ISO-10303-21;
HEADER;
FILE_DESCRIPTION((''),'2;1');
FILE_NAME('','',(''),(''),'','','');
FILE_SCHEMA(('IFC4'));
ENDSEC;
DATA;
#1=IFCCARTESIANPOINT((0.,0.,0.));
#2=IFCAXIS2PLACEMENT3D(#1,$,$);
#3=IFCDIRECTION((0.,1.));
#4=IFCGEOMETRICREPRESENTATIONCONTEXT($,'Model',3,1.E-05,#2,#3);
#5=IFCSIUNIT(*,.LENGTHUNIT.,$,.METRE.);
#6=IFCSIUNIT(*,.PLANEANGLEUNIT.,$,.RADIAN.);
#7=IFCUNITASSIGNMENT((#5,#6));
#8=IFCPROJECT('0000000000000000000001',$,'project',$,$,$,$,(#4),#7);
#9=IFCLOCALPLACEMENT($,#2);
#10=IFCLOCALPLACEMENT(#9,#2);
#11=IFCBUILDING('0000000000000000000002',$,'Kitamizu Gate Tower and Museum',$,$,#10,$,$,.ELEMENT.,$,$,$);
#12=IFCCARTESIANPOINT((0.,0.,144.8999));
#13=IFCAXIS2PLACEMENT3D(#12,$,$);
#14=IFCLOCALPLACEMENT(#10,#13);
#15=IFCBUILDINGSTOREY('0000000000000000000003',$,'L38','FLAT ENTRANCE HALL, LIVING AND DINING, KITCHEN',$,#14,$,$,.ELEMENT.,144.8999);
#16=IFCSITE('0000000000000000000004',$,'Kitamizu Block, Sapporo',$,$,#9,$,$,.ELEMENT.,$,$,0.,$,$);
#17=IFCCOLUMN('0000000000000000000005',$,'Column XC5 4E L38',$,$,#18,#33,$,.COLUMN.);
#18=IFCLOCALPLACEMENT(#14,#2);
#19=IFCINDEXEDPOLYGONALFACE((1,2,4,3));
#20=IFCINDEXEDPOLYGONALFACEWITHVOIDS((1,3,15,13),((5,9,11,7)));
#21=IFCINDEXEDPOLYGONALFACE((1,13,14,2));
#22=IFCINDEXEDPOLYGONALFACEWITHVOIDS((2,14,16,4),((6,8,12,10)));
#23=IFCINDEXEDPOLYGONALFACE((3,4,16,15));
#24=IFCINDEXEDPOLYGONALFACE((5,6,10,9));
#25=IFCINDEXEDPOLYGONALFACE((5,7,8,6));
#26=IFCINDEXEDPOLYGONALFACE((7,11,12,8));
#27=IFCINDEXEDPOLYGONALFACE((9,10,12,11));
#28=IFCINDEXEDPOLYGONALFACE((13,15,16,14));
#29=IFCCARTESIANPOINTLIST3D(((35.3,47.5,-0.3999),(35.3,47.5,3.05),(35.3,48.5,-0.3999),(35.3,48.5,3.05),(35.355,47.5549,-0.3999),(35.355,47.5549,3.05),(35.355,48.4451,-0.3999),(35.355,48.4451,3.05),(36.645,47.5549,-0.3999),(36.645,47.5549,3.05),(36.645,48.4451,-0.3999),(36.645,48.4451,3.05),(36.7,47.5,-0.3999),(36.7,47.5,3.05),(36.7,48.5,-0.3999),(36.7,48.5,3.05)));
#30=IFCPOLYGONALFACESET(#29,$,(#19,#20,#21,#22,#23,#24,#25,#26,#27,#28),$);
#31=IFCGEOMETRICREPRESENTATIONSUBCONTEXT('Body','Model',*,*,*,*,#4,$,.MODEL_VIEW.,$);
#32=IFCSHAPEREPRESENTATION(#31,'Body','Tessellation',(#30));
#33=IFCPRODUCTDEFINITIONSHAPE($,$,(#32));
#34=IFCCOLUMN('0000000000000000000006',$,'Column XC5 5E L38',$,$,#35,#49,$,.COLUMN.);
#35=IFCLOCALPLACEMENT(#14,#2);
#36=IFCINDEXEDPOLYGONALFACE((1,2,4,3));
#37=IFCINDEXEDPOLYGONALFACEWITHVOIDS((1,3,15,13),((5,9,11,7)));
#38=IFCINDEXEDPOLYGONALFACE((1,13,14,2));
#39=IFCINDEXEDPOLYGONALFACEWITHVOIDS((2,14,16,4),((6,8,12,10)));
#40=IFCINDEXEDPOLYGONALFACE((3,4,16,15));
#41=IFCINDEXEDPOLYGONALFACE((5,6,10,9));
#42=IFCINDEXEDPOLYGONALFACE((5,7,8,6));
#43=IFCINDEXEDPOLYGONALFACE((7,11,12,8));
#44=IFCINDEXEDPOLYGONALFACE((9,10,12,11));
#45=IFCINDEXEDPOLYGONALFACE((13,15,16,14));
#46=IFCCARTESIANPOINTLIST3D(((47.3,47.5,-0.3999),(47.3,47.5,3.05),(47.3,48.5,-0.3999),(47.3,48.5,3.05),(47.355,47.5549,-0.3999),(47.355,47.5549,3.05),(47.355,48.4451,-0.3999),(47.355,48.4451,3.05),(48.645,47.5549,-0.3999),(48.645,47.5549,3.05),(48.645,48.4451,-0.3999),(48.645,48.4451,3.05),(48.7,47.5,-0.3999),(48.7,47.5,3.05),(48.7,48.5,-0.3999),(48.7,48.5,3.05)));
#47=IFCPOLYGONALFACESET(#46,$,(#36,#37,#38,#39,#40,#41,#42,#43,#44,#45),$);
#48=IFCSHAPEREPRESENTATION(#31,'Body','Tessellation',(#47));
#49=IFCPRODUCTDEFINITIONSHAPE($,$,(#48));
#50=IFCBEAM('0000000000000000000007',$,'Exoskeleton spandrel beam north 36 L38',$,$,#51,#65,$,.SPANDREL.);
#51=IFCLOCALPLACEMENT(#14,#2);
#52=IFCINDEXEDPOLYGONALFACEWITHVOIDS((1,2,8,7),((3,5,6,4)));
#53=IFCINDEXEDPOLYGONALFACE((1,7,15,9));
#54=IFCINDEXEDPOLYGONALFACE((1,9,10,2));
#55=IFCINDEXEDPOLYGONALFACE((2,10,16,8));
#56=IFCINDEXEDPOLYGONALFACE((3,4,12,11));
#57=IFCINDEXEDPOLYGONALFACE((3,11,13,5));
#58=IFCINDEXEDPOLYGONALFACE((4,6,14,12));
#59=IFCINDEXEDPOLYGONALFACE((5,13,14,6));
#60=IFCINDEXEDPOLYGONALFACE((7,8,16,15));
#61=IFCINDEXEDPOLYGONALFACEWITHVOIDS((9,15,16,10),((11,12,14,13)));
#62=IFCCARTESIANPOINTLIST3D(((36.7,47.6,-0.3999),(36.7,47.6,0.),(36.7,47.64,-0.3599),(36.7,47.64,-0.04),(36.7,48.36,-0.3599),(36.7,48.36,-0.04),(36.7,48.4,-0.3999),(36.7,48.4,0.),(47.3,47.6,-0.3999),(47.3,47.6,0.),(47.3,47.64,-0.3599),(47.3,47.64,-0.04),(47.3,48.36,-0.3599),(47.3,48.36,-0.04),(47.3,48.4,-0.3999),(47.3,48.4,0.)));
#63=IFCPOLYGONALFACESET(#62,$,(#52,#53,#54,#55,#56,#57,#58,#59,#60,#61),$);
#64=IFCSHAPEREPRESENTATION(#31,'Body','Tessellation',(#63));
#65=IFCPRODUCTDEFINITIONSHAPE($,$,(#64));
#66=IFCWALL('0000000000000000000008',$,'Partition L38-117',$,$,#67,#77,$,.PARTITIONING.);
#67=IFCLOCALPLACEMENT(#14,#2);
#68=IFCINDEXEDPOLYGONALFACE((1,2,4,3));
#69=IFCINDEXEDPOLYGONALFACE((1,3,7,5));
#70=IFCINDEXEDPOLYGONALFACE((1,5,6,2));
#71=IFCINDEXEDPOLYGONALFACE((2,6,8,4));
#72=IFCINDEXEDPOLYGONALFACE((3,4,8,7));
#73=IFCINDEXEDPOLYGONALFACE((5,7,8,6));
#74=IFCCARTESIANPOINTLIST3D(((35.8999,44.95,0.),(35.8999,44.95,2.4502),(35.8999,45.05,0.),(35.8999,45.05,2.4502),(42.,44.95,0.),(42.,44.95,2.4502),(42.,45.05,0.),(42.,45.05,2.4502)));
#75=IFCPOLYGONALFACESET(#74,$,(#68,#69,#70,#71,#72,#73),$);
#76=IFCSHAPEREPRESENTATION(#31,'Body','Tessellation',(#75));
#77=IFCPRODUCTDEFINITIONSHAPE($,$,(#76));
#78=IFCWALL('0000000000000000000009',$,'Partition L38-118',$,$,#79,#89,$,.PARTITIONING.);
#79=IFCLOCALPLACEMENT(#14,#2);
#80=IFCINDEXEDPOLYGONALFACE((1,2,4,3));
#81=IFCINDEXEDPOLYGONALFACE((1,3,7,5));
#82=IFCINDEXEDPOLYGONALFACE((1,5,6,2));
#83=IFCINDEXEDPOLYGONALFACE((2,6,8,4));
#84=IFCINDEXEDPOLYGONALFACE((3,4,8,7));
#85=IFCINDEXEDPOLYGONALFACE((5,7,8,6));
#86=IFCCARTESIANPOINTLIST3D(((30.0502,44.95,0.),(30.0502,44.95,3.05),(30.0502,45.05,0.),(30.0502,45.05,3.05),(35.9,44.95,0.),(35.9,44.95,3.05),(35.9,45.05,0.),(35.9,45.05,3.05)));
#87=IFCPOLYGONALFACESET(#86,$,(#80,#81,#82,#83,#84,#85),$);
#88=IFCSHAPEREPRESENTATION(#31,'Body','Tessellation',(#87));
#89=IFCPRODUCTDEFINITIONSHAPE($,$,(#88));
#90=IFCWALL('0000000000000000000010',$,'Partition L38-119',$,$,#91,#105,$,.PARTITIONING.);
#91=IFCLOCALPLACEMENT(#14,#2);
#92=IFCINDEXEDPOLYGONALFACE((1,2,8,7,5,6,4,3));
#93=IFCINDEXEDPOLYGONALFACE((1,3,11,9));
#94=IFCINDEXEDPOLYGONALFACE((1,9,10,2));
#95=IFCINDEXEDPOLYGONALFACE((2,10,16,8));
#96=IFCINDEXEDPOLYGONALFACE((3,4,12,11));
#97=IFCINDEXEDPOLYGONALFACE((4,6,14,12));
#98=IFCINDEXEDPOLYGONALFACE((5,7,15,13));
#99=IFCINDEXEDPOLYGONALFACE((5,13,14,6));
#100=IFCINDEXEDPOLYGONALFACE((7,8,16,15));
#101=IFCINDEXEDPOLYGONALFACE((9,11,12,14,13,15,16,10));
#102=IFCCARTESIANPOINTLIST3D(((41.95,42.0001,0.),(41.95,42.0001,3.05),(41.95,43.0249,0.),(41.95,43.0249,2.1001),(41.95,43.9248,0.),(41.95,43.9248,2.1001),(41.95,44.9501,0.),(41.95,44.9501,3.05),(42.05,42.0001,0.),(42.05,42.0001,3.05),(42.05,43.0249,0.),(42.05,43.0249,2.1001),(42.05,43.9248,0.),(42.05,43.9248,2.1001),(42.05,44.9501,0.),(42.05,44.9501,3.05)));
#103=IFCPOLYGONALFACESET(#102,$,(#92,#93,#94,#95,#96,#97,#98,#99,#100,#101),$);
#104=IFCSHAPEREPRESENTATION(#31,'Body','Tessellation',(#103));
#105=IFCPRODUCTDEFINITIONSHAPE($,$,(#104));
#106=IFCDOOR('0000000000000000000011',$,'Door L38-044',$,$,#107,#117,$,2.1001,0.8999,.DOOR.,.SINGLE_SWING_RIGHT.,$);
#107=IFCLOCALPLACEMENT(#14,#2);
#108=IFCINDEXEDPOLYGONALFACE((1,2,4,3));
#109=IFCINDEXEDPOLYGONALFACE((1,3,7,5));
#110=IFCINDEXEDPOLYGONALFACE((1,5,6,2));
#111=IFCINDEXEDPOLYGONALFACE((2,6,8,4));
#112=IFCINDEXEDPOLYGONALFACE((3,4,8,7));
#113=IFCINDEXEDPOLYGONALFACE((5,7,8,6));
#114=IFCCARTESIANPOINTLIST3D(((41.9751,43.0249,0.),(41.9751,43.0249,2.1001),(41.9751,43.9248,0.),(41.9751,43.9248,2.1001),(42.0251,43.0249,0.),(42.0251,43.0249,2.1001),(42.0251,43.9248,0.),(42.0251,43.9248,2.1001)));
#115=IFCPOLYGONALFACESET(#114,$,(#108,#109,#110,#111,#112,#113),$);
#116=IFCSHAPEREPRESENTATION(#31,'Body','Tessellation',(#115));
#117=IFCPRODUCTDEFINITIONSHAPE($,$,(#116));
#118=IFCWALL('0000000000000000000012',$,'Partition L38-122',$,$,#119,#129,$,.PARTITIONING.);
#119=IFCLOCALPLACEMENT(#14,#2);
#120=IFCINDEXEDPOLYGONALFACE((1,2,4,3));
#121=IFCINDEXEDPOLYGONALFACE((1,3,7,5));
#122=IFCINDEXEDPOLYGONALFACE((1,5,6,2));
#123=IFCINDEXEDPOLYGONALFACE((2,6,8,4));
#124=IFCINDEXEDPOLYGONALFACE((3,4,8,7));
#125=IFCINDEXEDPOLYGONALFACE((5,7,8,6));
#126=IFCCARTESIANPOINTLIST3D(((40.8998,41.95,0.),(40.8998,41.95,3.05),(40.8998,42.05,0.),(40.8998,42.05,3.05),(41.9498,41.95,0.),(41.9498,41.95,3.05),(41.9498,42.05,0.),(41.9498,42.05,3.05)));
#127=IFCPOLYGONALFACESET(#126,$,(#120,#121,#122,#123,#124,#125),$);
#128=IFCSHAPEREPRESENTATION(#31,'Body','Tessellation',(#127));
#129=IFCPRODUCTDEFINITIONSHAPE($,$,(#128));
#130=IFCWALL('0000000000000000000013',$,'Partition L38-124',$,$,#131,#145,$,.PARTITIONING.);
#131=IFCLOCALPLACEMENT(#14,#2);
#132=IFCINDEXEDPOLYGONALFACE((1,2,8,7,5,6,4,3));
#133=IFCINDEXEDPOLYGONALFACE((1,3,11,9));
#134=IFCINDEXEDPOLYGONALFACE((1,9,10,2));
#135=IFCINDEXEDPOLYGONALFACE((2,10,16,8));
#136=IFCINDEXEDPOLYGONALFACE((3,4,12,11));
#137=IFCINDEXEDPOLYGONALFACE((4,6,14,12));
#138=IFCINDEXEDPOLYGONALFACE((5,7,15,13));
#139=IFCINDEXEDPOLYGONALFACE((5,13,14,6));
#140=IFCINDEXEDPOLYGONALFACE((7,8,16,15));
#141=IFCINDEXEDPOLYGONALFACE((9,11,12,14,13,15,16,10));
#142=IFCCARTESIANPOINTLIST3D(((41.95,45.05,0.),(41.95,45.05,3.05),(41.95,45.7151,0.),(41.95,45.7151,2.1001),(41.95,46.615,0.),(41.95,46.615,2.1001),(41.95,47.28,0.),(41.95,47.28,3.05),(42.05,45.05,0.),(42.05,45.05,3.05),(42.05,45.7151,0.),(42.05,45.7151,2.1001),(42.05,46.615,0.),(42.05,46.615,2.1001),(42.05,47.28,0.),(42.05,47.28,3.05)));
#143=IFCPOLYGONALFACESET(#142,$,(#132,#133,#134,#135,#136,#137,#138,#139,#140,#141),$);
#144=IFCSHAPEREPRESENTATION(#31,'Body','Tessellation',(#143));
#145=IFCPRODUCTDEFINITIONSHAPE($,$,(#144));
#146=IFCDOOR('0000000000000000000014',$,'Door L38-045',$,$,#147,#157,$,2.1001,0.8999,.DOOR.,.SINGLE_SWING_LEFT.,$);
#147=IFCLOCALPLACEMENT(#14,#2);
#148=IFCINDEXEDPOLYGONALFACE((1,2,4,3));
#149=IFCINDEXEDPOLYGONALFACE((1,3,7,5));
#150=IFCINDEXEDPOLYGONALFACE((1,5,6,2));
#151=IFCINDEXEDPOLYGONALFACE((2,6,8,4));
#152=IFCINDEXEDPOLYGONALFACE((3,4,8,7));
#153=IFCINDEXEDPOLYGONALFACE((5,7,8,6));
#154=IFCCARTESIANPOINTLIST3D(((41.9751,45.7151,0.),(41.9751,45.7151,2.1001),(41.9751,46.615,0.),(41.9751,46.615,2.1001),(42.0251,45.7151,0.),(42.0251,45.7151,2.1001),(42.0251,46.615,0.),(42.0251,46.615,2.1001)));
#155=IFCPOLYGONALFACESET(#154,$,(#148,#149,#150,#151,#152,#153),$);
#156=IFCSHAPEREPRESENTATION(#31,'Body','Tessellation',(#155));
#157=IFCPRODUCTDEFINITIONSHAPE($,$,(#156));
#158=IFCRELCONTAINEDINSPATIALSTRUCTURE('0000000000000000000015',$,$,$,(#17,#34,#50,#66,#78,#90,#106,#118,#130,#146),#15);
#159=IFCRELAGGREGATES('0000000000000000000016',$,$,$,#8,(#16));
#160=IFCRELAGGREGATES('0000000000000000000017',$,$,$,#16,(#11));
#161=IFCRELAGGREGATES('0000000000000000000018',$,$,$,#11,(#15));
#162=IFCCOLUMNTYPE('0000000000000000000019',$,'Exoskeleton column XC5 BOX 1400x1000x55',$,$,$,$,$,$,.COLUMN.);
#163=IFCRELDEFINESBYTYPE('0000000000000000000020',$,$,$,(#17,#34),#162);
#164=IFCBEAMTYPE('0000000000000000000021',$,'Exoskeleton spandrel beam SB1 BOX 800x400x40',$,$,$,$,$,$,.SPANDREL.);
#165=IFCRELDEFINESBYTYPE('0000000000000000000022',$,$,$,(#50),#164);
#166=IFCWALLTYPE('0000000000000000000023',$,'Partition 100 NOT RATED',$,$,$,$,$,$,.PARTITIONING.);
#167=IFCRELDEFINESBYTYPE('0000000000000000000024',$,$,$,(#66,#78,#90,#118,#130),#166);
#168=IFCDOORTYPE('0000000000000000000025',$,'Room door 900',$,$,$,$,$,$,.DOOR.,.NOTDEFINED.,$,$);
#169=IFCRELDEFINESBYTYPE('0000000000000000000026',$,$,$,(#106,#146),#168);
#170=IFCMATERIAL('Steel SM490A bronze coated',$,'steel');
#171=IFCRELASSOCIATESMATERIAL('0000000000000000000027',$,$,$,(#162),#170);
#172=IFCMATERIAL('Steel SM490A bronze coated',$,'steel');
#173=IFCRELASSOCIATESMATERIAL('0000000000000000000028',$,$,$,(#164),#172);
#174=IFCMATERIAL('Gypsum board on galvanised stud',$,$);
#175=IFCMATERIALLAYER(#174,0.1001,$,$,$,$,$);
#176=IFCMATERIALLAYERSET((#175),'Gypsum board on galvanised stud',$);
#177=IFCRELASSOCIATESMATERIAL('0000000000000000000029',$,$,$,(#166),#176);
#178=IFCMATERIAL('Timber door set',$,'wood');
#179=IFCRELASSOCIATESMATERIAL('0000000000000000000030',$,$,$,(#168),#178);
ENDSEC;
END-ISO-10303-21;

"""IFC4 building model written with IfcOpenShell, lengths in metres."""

from ifc_helpers import new_model, si_unit, direction, frame, frame_2d, origin, origin_2d, place, context, subcontext, project, spatial, rectangle, hollow_rectangle, extrude, material, layer, layer_set, material_profile, profile_set, type_object, element, fill, save


model = new_model("IFC4")

# Units and contexts
model_context = context("Model", 3, precision=1e-05, world=origin(), true_north=direction((0.0, 1.0)))
body_context = subcontext(model_context, "Body", "Model", "MODEL_VIEW")
ifc_project = project(units=[si_unit("LENGTHUNIT", "METRE"), si_unit("PLANEANGLEUNIT", "RADIAN")], contexts=[model_context])

# Site, building, storey
site_placement = place(None, origin())
site = spatial("IfcSite", under=ifc_project, at=site_placement, Name="Kitamizu Block, Sapporo", CompositionType="ELEMENT", RefElevation=0.0)
building_placement = place(site_placement, origin())
building = spatial("IfcBuilding", under=site, at=building_placement, Name="Kitamizu Gate Tower and Museum", CompositionType="ELEMENT")
storey_placement = place(building_placement, frame((0.0, 0.0, 144.8999)))
storey = spatial("IfcBuildingStorey", under=building, at=storey_placement, Name="L38", Description="FLAT ENTRANCE HALL, LIVING AND DINING, KITCHEN", CompositionType="ELEMENT", Elevation=144.8999)

# Columns
ifc_material_1 = material(Name="Steel SM490A bronze coated", Category="steel")
ifc_material_profile_1 = material_profile(ifc_material_1, hollow_rectangle(XDim=1.3999, YDim=1.0, WallThickness=0.0549, at=origin_2d()), Name="BOX 1400x1000x55")
ifc_profile_set_1 = profile_set([ifc_material_profile_1], Name="Steel SM490A bronze coated")
column_type = type_object("IfcColumnType", Name="Exoskeleton column XC5 BOX 1400x1000x55", PredefinedType="COLUMN", material=ifc_profile_set_1)
for number, where, z_axis, x_axis, name in (
    (1, (36.0, 48.0, -0.3999), (0.0, 0.0, 1.0), (1.0, 0.0, 0.0), "Column XC5 4E L38"),
    (2, (48.0, 48.0, -0.3999), (0.0, 0.0, 1.0), (1.0, 0.0, 0.0), "Column XC5 5E L38"),
):
    element("IfcColumn", number, at=place(storey_placement, frame(where, z_axis=z_axis, x_axis=x_axis)), inside=storey, type_object=column_type, Name=name, PredefinedType="COLUMN", context=body_context, shape_type="SweptSolid", body=[
        extrude(hollow_rectangle(XDim=1.3999, YDim=1.0, WallThickness=0.0549, at=origin_2d()), origin(), (0.0, 0.0, 1.0), 3.45),
    ])

# Beam
ifc_material_2 = material(Name="Steel SM490A bronze coated", Category="steel")
ifc_material_profile_2 = material_profile(ifc_material_2, hollow_rectangle(XDim=0.8, YDim=0.3999, WallThickness=0.04, at=origin_2d()), Name="BOX 800x400x40")
ifc_profile_set_2 = profile_set([ifc_material_profile_2], Name="Steel SM490A bronze coated")
beam_type = type_object("IfcBeamType", Name="Exoskeleton spandrel beam SB1 BOX 800x400x40", PredefinedType="SPANDREL", material=ifc_profile_set_2)
beam_placement = place(storey_placement, frame((36.7, 48.0, -0.2), z_axis=(1.0, 0.0, 0.0), x_axis=(0.0, 1.0, 0.0)))
element("IfcBeam", 3, at=beam_placement, inside=storey, type_object=beam_type, Name="Exoskeleton spandrel beam north 36 L38", PredefinedType="SPANDREL", context=body_context, shape_type="SweptSolid", body=[
    extrude(hollow_rectangle(XDim=0.8, YDim=0.3999, WallThickness=0.04, at=origin_2d()), origin(), (0.0, 0.0, 1.0), 10.6001),
])

# Walls
ifc_material_3 = material(Name="Gypsum board on galvanised stud")
ifc_layer_1 = layer(ifc_material_3, 0.1001)
ifc_layer_set_1 = layer_set([ifc_layer_1], Name="Gypsum board on galvanised stud")
wall_type_1 = type_object("IfcWallType", Name="Partition 100 NOT RATED", PredefinedType="PARTITIONING", material=ifc_layer_set_1)
wall_1_placement = place(storey_placement, frame((42.0, 45.0, 0.0), z_axis=(0.0, 0.0, 1.0), x_axis=(-1.0, 0.0, 0.0)))
element("IfcWall", 4, at=wall_1_placement, inside=storey, type_object=wall_type_1, Name="Partition L38-117", PredefinedType="PARTITIONING", context=body_context, shape_type="SweptSolid", body=[
    extrude(rectangle(XDim=6.1001, YDim=0.1001, at=frame_2d((3.05, 0.0))), origin(), (0.0, 0.0, 1.0), 2.4502),
])
wall_2_placement = place(storey_placement, frame((35.8999, 45.0, 0.0), z_axis=(0.0, 0.0, 1.0), x_axis=(-1.0, 0.0, 0.0)))
element("IfcWall", 5, at=wall_2_placement, inside=storey, type_object=wall_type_1, Name="Partition L38-118", PredefinedType="PARTITIONING", context=body_context, shape_type="SweptSolid", body=[
    extrude(rectangle(XDim=5.8499, YDim=0.1001, at=frame_2d((2.9248, 0.0))), origin(), (0.0, 0.0, 1.0), 3.05),
])

# Wall, opening, door
wall_3_placement = place(storey_placement, frame((42.0, 42.0, 0.0), z_axis=(0.0, 0.0, 1.0), x_axis=(0.0, 1.0, 0.0)))
wall_3 = element("IfcWall", 6, at=wall_3_placement, inside=storey, type_object=wall_type_1, Name="Partition L38-119", PredefinedType="PARTITIONING", context=body_context, shape_type="SweptSolid", body=[
    extrude(rectangle(XDim=2.95, YDim=0.1001, at=frame_2d((1.4751, 0.0))), origin(), (0.0, 0.0, 1.0), 3.05),
])
opening_1_placement = place(wall_3_placement, frame((1.0249, 0.0, 0.0)))
opening_1 = element("IfcOpeningElement", 7, at=opening_1_placement, cuts=wall_3, PredefinedType="OPENING", context=body_context, shape_type="SweptSolid", body=[
    extrude(rectangle(XDim=0.8999, YDim=2.1001, at=frame_2d((0.45, 1.05))), frame((0.0, 0.0601, 0.0), z_axis=(0.0, -1.0, 0.0), x_axis=(1.0, 0.0, 0.0)), (0.0, 0.0, 1.0), 0.1201),
])
ifc_material_4 = material(Name="Timber door set", Category="wood")
door_type_1 = type_object("IfcDoorType", Name="Room door 900", OperationType="NOTDEFINED", PredefinedType="DOOR", material=ifc_material_4)
door_1_placement = place(opening_1_placement, origin())
door_1 = element("IfcDoor", 8, at=door_1_placement, inside=storey, type_object=door_type_1, Name="Door L38-044", OperationType="SINGLE_SWING_RIGHT", OverallHeight=2.1001, OverallWidth=0.8999, PredefinedType="DOOR", context=body_context, shape_type="SweptSolid", body=[
    extrude(rectangle(XDim=0.8999, YDim=2.1001, at=frame_2d((0.45, 1.05))), frame((0.0, 0.0249, 0.0), z_axis=(0.0, -1.0, 0.0), x_axis=(1.0, 0.0, 0.0)), (0.0, 0.0, 1.0), 0.05),
])
fill(opening_1, door_1)

# Wall
wall_4_placement = place(storey_placement, frame((40.8999, 42.0, 0.0), z_axis=(0.0, 0.0, 1.0), x_axis=(1.0, 0.0, 0.0)))
element("IfcWall", 9, at=wall_4_placement, inside=storey, type_object=wall_type_1, Name="Partition L38-122", PredefinedType="PARTITIONING", context=body_context, shape_type="SweptSolid", body=[
    extrude(rectangle(XDim=1.05, YDim=0.1001, at=frame_2d((0.5249, 0.0))), origin(), (0.0, 0.0, 1.0), 3.05),
])

# Wall, opening, door
wall_5_placement = place(storey_placement, frame((42.0, 45.05, 0.0), z_axis=(0.0, 0.0, 1.0), x_axis=(0.0, 1.0, 0.0)))
wall_5 = element("IfcWall", 10, at=wall_5_placement, inside=storey, type_object=wall_type_1, Name="Partition L38-124", PredefinedType="PARTITIONING", context=body_context, shape_type="SweptSolid", body=[
    extrude(rectangle(XDim=2.23, YDim=0.1001, at=frame_2d((1.115, 0.0))), origin(), (0.0, 0.0, 1.0), 3.05),
])
opening_2_placement = place(wall_5_placement, frame((0.665, 0.0, 0.0)))
opening_2 = element("IfcOpeningElement", 11, at=opening_2_placement, cuts=wall_5, PredefinedType="OPENING", context=body_context, shape_type="SweptSolid", body=[
    extrude(rectangle(XDim=0.8999, YDim=2.1001, at=frame_2d((0.45, 1.05))), frame((0.0, 0.0601, 0.0), z_axis=(0.0, -1.0, 0.0), x_axis=(1.0, 0.0, 0.0)), (0.0, 0.0, 1.0), 0.1201),
])
door_2_placement = place(opening_2_placement, origin())
door_2 = element("IfcDoor", 12, at=door_2_placement, inside=storey, type_object=door_type_1, Name="Door L38-045", OperationType="SINGLE_SWING_LEFT", OverallHeight=2.1001, OverallWidth=0.8999, PredefinedType="DOOR", context=body_context, shape_type="SweptSolid", body=[
    extrude(rectangle(XDim=0.8999, YDim=2.1001, at=frame_2d((0.45, 1.05))), frame((0.0, 0.0249, 0.0), z_axis=(0.0, -1.0, 0.0), x_axis=(1.0, 0.0, 0.0)), (0.0, 0.0, 1.0), 0.05),
])
fill(opening_2, door_2)

save(model, "model.ifc")
